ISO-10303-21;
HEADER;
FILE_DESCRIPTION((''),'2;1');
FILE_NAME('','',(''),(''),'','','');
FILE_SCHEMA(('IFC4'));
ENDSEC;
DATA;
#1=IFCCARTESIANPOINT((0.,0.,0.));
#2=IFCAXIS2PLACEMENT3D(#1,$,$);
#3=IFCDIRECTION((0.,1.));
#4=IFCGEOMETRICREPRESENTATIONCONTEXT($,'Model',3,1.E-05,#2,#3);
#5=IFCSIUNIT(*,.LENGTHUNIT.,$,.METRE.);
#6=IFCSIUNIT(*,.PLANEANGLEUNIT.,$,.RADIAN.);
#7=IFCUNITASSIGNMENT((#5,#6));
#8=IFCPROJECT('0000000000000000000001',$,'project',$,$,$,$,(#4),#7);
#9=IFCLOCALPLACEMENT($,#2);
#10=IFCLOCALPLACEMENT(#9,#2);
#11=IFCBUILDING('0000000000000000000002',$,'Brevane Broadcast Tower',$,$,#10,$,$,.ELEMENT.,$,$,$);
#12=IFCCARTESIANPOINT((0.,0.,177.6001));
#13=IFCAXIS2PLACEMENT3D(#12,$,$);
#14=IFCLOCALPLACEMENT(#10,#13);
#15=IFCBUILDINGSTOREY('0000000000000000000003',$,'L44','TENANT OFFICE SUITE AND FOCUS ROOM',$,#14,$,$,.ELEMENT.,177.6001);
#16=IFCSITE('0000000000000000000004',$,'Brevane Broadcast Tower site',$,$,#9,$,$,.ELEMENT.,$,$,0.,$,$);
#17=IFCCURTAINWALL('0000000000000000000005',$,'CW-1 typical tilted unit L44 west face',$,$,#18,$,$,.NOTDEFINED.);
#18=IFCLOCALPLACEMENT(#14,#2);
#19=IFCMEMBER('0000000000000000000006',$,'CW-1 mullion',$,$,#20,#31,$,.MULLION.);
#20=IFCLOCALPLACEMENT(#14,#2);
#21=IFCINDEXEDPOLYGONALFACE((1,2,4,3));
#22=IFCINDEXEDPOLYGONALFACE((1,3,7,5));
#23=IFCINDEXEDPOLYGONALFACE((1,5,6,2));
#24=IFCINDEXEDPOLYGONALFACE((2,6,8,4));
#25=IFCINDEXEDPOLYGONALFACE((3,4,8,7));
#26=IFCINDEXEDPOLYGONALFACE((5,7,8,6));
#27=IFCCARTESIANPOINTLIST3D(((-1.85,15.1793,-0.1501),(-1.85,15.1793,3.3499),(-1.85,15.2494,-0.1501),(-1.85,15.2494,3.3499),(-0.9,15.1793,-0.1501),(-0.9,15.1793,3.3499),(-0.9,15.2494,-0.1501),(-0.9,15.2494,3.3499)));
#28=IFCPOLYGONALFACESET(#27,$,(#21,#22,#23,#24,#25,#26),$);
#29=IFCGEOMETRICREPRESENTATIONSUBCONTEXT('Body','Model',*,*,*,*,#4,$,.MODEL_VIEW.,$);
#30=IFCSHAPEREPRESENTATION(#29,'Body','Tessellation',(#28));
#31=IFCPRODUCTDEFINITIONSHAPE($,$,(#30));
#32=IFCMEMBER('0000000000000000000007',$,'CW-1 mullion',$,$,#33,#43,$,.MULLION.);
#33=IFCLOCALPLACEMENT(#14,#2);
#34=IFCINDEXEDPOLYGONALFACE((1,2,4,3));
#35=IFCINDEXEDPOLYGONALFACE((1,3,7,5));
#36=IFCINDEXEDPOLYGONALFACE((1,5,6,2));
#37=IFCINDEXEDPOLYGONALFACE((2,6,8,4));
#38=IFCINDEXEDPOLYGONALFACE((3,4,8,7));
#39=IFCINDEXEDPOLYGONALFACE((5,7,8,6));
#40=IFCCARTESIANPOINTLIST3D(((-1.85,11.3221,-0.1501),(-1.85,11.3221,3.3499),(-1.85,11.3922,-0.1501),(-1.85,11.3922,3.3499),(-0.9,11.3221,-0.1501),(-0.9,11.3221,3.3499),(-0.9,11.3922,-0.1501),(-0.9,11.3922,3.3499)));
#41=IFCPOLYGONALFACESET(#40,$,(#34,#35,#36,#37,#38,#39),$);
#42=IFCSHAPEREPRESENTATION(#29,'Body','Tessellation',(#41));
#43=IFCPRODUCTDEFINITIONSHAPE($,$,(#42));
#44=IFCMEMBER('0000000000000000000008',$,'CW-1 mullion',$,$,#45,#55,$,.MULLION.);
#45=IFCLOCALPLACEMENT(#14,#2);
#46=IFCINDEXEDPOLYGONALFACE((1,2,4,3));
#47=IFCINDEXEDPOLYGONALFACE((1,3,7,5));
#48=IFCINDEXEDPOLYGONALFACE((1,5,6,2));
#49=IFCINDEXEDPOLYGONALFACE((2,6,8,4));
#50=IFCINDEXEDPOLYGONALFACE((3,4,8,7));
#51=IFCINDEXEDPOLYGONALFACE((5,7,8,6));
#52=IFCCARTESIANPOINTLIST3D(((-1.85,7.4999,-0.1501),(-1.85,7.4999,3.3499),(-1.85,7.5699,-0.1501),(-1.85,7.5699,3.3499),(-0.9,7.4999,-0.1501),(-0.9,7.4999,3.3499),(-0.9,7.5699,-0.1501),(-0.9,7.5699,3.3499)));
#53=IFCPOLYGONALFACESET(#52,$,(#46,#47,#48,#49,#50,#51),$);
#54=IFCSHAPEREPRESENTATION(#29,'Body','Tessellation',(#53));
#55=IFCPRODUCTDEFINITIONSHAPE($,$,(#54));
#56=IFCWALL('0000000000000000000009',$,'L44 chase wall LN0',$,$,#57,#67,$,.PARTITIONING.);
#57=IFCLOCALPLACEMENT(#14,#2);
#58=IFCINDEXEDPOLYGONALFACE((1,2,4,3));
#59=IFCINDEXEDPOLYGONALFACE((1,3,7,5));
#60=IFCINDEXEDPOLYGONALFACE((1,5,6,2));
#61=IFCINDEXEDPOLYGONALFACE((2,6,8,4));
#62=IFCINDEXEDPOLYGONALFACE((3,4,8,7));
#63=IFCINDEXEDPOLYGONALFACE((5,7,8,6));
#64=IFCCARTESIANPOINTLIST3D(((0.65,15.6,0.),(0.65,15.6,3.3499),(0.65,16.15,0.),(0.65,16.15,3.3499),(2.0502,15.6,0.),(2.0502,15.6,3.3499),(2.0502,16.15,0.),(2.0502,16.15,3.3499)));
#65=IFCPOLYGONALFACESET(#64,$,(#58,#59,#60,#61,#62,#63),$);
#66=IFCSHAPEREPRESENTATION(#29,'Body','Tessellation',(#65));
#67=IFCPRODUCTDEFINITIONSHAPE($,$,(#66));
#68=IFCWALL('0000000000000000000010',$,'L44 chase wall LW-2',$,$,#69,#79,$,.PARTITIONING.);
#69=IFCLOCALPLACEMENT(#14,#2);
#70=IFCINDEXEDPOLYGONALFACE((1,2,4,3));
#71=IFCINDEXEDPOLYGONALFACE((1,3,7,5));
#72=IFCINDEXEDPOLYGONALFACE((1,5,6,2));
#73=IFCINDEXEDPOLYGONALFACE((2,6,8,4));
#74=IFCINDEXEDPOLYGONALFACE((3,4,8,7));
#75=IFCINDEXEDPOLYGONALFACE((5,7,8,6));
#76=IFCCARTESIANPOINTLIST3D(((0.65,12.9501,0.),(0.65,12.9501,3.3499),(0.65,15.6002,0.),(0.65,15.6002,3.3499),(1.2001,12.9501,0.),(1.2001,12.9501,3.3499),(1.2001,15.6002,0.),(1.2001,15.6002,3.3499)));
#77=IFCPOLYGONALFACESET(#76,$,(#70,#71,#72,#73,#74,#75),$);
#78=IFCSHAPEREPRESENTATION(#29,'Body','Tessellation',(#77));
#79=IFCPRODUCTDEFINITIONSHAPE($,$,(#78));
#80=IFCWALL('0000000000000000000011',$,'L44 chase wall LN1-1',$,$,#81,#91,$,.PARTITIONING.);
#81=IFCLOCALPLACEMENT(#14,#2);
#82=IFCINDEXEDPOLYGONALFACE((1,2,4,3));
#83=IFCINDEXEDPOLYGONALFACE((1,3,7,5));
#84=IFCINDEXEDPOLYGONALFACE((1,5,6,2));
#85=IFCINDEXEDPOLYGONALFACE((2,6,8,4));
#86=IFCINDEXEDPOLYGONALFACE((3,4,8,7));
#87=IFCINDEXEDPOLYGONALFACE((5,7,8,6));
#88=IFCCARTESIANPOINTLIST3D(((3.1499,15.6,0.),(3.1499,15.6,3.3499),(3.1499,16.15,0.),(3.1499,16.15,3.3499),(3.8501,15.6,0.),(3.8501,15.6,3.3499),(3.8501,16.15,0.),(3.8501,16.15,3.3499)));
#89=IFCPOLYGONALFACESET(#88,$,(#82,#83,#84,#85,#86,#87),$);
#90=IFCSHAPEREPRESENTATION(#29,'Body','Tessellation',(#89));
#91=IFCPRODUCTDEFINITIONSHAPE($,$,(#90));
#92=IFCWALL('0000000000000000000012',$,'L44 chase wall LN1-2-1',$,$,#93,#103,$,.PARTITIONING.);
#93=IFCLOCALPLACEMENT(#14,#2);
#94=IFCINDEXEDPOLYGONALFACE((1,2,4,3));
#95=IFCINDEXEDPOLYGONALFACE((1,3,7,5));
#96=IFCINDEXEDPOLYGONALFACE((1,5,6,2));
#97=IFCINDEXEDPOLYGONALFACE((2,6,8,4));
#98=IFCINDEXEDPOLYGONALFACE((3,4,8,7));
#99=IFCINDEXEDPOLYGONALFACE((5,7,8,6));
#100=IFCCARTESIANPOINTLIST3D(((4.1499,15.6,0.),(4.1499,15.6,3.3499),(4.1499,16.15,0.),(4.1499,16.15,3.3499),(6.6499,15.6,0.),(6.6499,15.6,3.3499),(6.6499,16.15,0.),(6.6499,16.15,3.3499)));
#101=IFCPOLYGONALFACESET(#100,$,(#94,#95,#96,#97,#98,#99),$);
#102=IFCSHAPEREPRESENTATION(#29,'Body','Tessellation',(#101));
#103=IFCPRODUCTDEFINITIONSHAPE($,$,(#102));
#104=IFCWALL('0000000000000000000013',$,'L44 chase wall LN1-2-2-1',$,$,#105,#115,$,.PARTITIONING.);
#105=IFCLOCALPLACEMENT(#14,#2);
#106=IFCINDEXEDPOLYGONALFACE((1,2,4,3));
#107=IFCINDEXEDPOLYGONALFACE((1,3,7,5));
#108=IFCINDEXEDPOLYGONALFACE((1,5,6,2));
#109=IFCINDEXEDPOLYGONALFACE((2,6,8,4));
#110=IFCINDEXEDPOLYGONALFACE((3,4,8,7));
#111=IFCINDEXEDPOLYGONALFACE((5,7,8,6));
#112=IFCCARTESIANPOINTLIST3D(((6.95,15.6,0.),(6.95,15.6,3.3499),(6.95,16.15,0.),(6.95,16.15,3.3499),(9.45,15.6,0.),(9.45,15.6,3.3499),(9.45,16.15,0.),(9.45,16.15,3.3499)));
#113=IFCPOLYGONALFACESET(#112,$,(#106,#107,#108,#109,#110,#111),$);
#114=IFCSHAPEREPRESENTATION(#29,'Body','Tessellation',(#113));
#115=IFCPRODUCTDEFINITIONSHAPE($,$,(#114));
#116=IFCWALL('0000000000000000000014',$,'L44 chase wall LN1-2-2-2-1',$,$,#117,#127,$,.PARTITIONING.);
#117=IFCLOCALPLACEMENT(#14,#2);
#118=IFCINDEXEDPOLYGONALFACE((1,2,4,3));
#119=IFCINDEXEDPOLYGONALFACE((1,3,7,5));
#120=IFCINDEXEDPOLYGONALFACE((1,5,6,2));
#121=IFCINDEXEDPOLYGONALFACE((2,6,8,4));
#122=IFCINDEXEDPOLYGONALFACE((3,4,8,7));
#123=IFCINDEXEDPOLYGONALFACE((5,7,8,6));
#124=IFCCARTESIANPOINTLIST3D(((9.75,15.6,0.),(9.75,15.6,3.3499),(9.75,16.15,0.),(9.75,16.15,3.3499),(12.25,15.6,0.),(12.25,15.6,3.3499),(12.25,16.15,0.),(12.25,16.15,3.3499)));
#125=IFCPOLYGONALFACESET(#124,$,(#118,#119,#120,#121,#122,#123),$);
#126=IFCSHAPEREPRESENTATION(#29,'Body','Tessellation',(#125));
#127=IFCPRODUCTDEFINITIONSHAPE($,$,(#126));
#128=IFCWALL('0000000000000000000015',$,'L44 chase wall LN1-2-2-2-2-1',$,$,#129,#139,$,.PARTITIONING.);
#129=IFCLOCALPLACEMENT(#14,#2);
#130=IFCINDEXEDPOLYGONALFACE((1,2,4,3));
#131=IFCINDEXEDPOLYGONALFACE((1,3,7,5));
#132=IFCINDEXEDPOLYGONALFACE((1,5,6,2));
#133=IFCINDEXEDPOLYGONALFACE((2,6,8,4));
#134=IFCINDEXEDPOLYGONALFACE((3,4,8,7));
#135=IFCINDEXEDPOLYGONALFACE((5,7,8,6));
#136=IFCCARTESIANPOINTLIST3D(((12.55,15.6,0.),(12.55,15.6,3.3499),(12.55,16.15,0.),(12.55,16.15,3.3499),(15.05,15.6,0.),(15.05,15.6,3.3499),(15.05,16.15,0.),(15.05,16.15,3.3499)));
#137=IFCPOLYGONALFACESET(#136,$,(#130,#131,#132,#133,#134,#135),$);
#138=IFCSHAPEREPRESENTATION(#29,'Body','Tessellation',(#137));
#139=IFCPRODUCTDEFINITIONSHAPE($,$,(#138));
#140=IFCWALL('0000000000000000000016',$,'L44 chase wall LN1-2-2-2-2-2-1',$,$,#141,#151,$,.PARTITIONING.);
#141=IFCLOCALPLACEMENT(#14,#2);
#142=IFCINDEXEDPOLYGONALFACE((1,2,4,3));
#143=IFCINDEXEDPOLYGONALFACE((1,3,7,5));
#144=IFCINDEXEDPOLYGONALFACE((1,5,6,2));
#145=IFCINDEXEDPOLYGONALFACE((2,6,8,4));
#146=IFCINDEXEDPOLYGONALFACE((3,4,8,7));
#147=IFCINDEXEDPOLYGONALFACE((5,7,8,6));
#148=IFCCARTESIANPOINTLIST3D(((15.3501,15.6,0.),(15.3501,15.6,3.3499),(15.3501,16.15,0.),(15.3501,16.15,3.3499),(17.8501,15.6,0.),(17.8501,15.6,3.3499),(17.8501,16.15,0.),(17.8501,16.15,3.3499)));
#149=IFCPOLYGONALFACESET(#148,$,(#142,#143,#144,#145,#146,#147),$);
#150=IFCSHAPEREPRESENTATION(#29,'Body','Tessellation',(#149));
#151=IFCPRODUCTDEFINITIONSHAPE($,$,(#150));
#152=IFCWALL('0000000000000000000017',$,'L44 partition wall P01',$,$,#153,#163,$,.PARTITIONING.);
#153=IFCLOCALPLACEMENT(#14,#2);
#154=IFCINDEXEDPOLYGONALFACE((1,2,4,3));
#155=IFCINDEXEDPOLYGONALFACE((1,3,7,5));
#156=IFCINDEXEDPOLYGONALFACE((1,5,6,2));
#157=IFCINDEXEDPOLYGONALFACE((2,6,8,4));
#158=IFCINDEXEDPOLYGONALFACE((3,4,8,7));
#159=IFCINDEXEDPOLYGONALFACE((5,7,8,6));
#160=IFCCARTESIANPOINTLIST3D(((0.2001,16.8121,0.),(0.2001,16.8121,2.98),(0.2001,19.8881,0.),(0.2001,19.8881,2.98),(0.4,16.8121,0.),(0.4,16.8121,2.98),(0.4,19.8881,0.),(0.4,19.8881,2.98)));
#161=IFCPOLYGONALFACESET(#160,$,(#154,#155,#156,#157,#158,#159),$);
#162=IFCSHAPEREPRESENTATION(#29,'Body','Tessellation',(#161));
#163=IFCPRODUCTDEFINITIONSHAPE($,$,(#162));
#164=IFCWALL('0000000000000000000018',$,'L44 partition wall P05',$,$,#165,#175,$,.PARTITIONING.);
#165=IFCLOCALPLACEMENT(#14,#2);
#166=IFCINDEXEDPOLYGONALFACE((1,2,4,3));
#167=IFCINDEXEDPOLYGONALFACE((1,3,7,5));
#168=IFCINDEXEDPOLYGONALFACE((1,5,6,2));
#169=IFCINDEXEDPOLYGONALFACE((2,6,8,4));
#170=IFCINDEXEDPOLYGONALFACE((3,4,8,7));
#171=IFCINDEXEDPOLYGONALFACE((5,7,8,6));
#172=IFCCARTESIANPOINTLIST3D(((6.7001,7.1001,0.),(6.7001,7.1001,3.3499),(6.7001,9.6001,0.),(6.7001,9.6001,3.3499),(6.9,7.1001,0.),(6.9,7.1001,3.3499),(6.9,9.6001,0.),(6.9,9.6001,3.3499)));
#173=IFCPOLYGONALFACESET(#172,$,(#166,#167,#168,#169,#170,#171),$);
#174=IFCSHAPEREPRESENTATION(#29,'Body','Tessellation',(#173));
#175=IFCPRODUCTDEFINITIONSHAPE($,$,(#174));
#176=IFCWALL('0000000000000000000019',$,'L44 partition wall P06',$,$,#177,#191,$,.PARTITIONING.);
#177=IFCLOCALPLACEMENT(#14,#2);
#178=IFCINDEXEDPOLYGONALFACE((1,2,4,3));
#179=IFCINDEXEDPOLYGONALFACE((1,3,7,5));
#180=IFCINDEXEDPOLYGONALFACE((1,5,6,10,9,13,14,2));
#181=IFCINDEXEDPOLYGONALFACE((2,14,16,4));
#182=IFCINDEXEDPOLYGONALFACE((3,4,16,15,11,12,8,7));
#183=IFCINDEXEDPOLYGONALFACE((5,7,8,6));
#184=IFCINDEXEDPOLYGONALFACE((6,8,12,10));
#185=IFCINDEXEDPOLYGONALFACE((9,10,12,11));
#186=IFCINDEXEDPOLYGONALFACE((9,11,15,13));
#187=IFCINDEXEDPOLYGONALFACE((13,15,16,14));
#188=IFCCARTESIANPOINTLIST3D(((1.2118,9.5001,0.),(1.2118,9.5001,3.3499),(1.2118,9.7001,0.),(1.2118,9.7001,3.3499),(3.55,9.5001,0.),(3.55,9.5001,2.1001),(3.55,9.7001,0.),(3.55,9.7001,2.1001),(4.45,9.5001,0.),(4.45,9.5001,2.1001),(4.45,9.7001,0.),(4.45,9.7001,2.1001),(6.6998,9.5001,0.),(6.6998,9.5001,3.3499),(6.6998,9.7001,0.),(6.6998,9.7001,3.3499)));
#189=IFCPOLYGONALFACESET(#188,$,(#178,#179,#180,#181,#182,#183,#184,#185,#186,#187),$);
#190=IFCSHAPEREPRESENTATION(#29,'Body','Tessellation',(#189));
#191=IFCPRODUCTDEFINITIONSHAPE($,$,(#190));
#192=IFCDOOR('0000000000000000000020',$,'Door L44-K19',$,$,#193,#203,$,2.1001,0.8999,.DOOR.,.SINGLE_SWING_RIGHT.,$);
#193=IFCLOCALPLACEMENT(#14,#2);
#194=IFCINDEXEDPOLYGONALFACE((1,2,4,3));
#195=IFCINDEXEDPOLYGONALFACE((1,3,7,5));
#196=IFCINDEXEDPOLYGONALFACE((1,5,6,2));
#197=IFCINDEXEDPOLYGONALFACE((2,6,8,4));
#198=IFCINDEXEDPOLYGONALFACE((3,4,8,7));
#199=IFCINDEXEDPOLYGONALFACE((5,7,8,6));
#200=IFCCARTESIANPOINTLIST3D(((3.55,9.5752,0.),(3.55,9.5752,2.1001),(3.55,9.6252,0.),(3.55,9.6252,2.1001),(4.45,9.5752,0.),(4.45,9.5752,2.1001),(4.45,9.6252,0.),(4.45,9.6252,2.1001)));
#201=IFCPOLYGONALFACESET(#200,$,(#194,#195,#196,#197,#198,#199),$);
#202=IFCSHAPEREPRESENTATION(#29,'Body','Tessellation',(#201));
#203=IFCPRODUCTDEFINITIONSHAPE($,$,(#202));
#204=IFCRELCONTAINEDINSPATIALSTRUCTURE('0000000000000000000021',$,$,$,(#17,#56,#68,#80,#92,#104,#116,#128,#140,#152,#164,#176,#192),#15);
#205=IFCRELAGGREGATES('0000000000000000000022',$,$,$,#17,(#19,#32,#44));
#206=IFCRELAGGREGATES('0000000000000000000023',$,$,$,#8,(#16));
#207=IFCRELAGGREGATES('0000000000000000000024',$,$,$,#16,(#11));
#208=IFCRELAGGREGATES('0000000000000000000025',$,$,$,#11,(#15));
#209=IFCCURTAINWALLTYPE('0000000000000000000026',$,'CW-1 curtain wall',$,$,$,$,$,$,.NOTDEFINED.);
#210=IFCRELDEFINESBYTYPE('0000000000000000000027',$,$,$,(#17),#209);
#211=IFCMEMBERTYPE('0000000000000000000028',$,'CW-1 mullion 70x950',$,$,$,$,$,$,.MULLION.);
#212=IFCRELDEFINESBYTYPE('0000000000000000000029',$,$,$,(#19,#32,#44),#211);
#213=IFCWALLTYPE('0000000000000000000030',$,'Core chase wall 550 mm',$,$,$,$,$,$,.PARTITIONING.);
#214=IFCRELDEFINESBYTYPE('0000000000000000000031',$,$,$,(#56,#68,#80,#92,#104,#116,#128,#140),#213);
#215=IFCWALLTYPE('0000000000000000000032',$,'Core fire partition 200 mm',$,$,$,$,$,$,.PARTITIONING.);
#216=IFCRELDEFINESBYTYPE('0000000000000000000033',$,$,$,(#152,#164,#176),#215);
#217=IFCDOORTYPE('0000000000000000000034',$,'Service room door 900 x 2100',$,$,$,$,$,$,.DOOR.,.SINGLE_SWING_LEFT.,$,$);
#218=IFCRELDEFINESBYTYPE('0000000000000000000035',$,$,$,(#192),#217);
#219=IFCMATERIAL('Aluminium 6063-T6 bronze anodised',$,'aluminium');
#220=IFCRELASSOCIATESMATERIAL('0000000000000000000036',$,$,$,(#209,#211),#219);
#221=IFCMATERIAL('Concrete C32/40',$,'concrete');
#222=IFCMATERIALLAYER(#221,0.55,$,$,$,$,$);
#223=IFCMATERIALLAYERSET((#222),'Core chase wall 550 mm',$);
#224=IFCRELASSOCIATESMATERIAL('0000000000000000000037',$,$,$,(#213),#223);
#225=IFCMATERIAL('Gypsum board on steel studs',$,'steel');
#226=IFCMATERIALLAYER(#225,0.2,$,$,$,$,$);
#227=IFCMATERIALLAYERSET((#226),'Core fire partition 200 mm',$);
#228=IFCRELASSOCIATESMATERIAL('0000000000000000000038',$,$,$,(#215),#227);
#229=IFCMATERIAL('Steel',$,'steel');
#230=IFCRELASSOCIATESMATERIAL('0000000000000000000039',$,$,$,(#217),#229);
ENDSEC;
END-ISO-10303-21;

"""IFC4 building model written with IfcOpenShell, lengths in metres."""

from ifc_helpers import new_model, si_unit, direction, frame, frame_2d, origin, origin_2d, place, context, subcontext, project, spatial, rectangle, extrude, material, layer, layer_set, material_profile, profile_set, type_object, element, fill, aggregate, save


model = new_model("IFC4")

# Units and contexts
model_context = context("Model", 3, precision=1e-05, world=origin(), true_north=direction((0.0, 1.0)))
body_context = subcontext(model_context, "Body", "Model", "MODEL_VIEW")
ifc_project = project(units=[si_unit("LENGTHUNIT", "METRE"), si_unit("PLANEANGLEUNIT", "RADIAN")], contexts=[model_context])

# Site, building, storey
site_placement = place(None, origin())
site = spatial("IfcSite", under=ifc_project, at=site_placement, Name="Brevane Broadcast Tower site", CompositionType="ELEMENT", RefElevation=0.0)
building_placement = place(site_placement, origin())
building = spatial("IfcBuilding", under=site, at=building_placement, Name="Brevane Broadcast Tower", CompositionType="ELEMENT")
storey_placement = place(building_placement, frame((0.0, 0.0, 177.6001)))
storey = spatial("IfcBuildingStorey", under=building, at=storey_placement, Name="L44", Description="TENANT OFFICE SUITE AND FOCUS ROOM", CompositionType="ELEMENT", Elevation=177.6001)

# Curtain wall, members
ifc_material_1 = material(Name="Aluminium 6063-T6 bronze anodised", Category="aluminium")
curtain_wall_type = type_object("IfcCurtainWallType", Name="CW-1 curtain wall", PredefinedType="NOTDEFINED", material=ifc_material_1)
curtain_wall_placement = place(storey_placement, origin())
curtain_wall = element("IfcCurtainWall", 1, at=curtain_wall_placement, inside=storey, type_object=curtain_wall_type, Name="CW-1 typical tilted unit L44 west face", PredefinedType="NOTDEFINED")
ifc_material_profile = material_profile(ifc_material_1, rectangle(XDim=0.95, YDim=0.0701, at=origin_2d()), Name="RECT 70x950")
ifc_profile_set = profile_set([ifc_material_profile], Name="Aluminium 6063-T6 bronze anodised")
member_type = type_object("IfcMemberType", Name="CW-1 mullion 70x950", PredefinedType="MULLION", material=ifc_profile_set)
member_1_placement = place(storey_placement, frame((-1.375, 15.2144, -0.1501), z_axis=(0.0, 0.0, 1.0), x_axis=(1.0, 0.0, 0.0)))
member_1 = element("IfcMember", 2, at=member_1_placement, type_object=member_type, Name="CW-1 mullion", PredefinedType="MULLION", context=body_context, shape_type="SweptSolid", body=[
    extrude(rectangle(XDim=0.95, YDim=0.0701, at=origin_2d()), origin(), (0.0, 0.0, 1.0), 3.5),
])
member_2_placement = place(storey_placement, frame((-1.375, 11.3572, -0.1501), z_axis=(0.0, 0.0, 1.0), x_axis=(1.0, 0.0, 0.0)))
member_2 = element("IfcMember", 3, at=member_2_placement, type_object=member_type, Name="CW-1 mullion", PredefinedType="MULLION", context=body_context, shape_type="SweptSolid", body=[
    extrude(rectangle(XDim=0.95, YDim=0.0701, at=origin_2d()), origin(), (0.0, 0.0, 1.0), 3.5),
])
member_3_placement = place(storey_placement, frame((-1.375, 7.5349, -0.1501), z_axis=(0.0, 0.0, 1.0), x_axis=(1.0, 0.0, 0.0)))
member_3 = element("IfcMember", 4, at=member_3_placement, type_object=member_type, Name="CW-1 mullion", PredefinedType="MULLION", context=body_context, shape_type="SweptSolid", body=[
    extrude(rectangle(XDim=0.95, YDim=0.0701, at=origin_2d()), origin(), (0.0, 0.0, 1.0), 3.5),
])
aggregate(curtain_wall, [member_1, member_2, member_3])

# Walls
ifc_material_2 = material(Name="Concrete C32/40", Category="concrete")
ifc_layer_1 = layer(ifc_material_2, 0.55)
ifc_layer_set_1 = layer_set([ifc_layer_1], Name="Core chase wall 550 mm")
wall_type_1 = type_object("IfcWallType", Name="Core chase wall 550 mm", PredefinedType="PARTITIONING", material=ifc_layer_set_1)
wall_1_placement = place(storey_placement, frame((0.6499, 15.875, 0.0), z_axis=(0.0, 0.0, 1.0), x_axis=(1.0, 0.0, 0.0)))
element("IfcWall", 5, at=wall_1_placement, inside=storey, type_object=wall_type_1, Name="L44 chase wall LN0", PredefinedType="PARTITIONING", context=body_context, shape_type="SweptSolid", body=[
    extrude(rectangle(XDim=1.4001, YDim=0.55, at=frame_2d((0.7002, 0.0))), origin(), (0.0, 0.0, 1.0), 3.3499),
])
wall_2_placement = place(storey_placement, frame((0.925, 12.95, 0.0), z_axis=(0.0, 0.0, 1.0), x_axis=(0.0, 1.0, 0.0)))
element("IfcWall", 6, at=wall_2_placement, inside=storey, type_object=wall_type_1, Name="L44 chase wall LW-2", PredefinedType="PARTITIONING", context=body_context, shape_type="SweptSolid", body=[
    extrude(rectangle(XDim=2.6501, YDim=0.55, at=frame_2d((1.3252, 0.0))), origin(), (0.0, 0.0, 1.0), 3.3499),
])
wall_3_placement = place(storey_placement, frame((3.1499, 15.875, 0.0), z_axis=(0.0, 0.0, 1.0), x_axis=(1.0, 0.0, 0.0)))
element("IfcWall", 7, at=wall_3_placement, inside=storey, type_object=wall_type_1, Name="L44 chase wall LN1-1", PredefinedType="PARTITIONING", context=body_context, shape_type="SweptSolid", body=[
    extrude(rectangle(XDim=0.7002, YDim=0.55, at=frame_2d((0.3501, 0.0))), origin(), (0.0, 0.0, 1.0), 3.3499),
])
for number, where, z_axis, x_axis, name in (
    (8, (4.1499, 15.875, 0.0), (0.0, 0.0, 1.0), (1.0, 0.0, 0.0), "L44 chase wall LN1-2-1"),
    (9, (6.95, 15.875, 0.0), (0.0, 0.0, 1.0), (1.0, 0.0, 0.0), "L44 chase wall LN1-2-2-1"),
    (10, (9.75, 15.875, 0.0), (0.0, 0.0, 1.0), (1.0, 0.0, 0.0), "L44 chase wall LN1-2-2-2-1"),
    (11, (12.55, 15.875, 0.0), (0.0, 0.0, 1.0), (1.0, 0.0, 0.0), "L44 chase wall LN1-2-2-2-2-1"),
    (12, (15.3501, 15.875, 0.0), (0.0, 0.0, 1.0), (1.0, 0.0, 0.0), "L44 chase wall LN1-2-2-2-2-2-1"),
):
    element("IfcWall", number, at=place(storey_placement, frame(where, z_axis=z_axis, x_axis=x_axis)), inside=storey, type_object=wall_type_1, Name=name, PredefinedType="PARTITIONING", context=body_context, shape_type="SweptSolid", body=[
        extrude(rectangle(XDim=2.5, YDim=0.55, at=frame_2d((1.25, 0.0))), origin(), (0.0, 0.0, 1.0), 3.3499),
    ])
ifc_material_3 = material(Name="Gypsum board on steel studs", Category="steel")
ifc_layer_2 = layer(ifc_material_3, 0.2)
ifc_layer_set_2 = layer_set([ifc_layer_2], Name="Core fire partition 200 mm")
wall_type_2 = type_object("IfcWallType", Name="Core fire partition 200 mm", PredefinedType="PARTITIONING", material=ifc_layer_set_2)
wall_4_placement = place(storey_placement, frame((0.3, 16.812, 0.0), z_axis=(0.0, 0.0, 1.0), x_axis=(0.0, 1.0, 0.0)))
element("IfcWall", 13, at=wall_4_placement, inside=storey, type_object=wall_type_2, Name="L44 partition wall P01", PredefinedType="PARTITIONING", context=body_context, shape_type="SweptSolid", body=[
    extrude(rectangle(XDim=3.0759, YDim=0.2, at=frame_2d((1.5381, 0.0))), origin(), (0.0, 0.0, 1.0), 2.98),
])
wall_5_placement = place(storey_placement, frame((6.8, 9.6001, 0.0), z_axis=(0.0, 0.0, 1.0), x_axis=(0.0, -1.0, 0.0)))
element("IfcWall", 14, at=wall_5_placement, inside=storey, type_object=wall_type_2, Name="L44 partition wall P05", PredefinedType="PARTITIONING", context=body_context, shape_type="SweptSolid", body=[
    extrude(rectangle(XDim=2.5, YDim=0.2, at=frame_2d((1.25, 0.0))), origin(), (0.0, 0.0, 1.0), 3.3499),
])

# Wall, opening, door
wall_6_placement = place(storey_placement, frame((6.7, 9.6001, 0.0), z_axis=(0.0, 0.0, 1.0), x_axis=(-1.0, 0.0, 0.0)))
wall_6 = element("IfcWall", 15, at=wall_6_placement, inside=storey, type_object=wall_type_2, Name="L44 partition wall P06", PredefinedType="PARTITIONING", context=body_context, shape_type="SweptSolid", body=[
    extrude(rectangle(XDim=5.488, YDim=0.2, at=frame_2d((2.7441, 0.0))), origin(), (0.0, 0.0, 1.0), 3.3499),
])
opening_1_placement = place(wall_6_placement, frame((2.25, 0.0, 0.0)))
opening_1 = element("IfcOpeningElement", 16, at=opening_1_placement, cuts=wall_6, PredefinedType="OPENING", context=body_context, shape_type="SweptSolid", body=[
    extrude(rectangle(XDim=0.8999, YDim=2.1001, at=frame_2d((0.45, 1.05))), frame((0.0, 0.1099, 0.0), z_axis=(0.0, -1.0, 0.0), x_axis=(1.0, 0.0, 0.0)), (0.0, 0.0, 1.0), 0.22),
])
ifc_material_4 = material(Name="Steel", Category="steel")
door_type_1 = type_object("IfcDoorType", Name="Service room door 900 x 2100", OperationType="SINGLE_SWING_LEFT", PredefinedType="DOOR", material=ifc_material_4)
door_1_placement = place(opening_1_placement, origin())
door_1 = element("IfcDoor", 17, at=door_1_placement, inside=storey, type_object=door_type_1, Name="Door L44-K19", OperationType="SINGLE_SWING_RIGHT", OverallHeight=2.1001, OverallWidth=0.8999, PredefinedType="DOOR", context=body_context, shape_type="SweptSolid", body=[
    extrude(rectangle(XDim=0.8999, YDim=2.1001, at=frame_2d((0.45, 1.05))), frame((0.0, 0.0249, 0.0), z_axis=(0.0, -1.0, 0.0), x_axis=(1.0, 0.0, 0.0)), (0.0, 0.0, 1.0), 0.05),
])
fill(opening_1, door_1)

save(model, "model.ifc")
